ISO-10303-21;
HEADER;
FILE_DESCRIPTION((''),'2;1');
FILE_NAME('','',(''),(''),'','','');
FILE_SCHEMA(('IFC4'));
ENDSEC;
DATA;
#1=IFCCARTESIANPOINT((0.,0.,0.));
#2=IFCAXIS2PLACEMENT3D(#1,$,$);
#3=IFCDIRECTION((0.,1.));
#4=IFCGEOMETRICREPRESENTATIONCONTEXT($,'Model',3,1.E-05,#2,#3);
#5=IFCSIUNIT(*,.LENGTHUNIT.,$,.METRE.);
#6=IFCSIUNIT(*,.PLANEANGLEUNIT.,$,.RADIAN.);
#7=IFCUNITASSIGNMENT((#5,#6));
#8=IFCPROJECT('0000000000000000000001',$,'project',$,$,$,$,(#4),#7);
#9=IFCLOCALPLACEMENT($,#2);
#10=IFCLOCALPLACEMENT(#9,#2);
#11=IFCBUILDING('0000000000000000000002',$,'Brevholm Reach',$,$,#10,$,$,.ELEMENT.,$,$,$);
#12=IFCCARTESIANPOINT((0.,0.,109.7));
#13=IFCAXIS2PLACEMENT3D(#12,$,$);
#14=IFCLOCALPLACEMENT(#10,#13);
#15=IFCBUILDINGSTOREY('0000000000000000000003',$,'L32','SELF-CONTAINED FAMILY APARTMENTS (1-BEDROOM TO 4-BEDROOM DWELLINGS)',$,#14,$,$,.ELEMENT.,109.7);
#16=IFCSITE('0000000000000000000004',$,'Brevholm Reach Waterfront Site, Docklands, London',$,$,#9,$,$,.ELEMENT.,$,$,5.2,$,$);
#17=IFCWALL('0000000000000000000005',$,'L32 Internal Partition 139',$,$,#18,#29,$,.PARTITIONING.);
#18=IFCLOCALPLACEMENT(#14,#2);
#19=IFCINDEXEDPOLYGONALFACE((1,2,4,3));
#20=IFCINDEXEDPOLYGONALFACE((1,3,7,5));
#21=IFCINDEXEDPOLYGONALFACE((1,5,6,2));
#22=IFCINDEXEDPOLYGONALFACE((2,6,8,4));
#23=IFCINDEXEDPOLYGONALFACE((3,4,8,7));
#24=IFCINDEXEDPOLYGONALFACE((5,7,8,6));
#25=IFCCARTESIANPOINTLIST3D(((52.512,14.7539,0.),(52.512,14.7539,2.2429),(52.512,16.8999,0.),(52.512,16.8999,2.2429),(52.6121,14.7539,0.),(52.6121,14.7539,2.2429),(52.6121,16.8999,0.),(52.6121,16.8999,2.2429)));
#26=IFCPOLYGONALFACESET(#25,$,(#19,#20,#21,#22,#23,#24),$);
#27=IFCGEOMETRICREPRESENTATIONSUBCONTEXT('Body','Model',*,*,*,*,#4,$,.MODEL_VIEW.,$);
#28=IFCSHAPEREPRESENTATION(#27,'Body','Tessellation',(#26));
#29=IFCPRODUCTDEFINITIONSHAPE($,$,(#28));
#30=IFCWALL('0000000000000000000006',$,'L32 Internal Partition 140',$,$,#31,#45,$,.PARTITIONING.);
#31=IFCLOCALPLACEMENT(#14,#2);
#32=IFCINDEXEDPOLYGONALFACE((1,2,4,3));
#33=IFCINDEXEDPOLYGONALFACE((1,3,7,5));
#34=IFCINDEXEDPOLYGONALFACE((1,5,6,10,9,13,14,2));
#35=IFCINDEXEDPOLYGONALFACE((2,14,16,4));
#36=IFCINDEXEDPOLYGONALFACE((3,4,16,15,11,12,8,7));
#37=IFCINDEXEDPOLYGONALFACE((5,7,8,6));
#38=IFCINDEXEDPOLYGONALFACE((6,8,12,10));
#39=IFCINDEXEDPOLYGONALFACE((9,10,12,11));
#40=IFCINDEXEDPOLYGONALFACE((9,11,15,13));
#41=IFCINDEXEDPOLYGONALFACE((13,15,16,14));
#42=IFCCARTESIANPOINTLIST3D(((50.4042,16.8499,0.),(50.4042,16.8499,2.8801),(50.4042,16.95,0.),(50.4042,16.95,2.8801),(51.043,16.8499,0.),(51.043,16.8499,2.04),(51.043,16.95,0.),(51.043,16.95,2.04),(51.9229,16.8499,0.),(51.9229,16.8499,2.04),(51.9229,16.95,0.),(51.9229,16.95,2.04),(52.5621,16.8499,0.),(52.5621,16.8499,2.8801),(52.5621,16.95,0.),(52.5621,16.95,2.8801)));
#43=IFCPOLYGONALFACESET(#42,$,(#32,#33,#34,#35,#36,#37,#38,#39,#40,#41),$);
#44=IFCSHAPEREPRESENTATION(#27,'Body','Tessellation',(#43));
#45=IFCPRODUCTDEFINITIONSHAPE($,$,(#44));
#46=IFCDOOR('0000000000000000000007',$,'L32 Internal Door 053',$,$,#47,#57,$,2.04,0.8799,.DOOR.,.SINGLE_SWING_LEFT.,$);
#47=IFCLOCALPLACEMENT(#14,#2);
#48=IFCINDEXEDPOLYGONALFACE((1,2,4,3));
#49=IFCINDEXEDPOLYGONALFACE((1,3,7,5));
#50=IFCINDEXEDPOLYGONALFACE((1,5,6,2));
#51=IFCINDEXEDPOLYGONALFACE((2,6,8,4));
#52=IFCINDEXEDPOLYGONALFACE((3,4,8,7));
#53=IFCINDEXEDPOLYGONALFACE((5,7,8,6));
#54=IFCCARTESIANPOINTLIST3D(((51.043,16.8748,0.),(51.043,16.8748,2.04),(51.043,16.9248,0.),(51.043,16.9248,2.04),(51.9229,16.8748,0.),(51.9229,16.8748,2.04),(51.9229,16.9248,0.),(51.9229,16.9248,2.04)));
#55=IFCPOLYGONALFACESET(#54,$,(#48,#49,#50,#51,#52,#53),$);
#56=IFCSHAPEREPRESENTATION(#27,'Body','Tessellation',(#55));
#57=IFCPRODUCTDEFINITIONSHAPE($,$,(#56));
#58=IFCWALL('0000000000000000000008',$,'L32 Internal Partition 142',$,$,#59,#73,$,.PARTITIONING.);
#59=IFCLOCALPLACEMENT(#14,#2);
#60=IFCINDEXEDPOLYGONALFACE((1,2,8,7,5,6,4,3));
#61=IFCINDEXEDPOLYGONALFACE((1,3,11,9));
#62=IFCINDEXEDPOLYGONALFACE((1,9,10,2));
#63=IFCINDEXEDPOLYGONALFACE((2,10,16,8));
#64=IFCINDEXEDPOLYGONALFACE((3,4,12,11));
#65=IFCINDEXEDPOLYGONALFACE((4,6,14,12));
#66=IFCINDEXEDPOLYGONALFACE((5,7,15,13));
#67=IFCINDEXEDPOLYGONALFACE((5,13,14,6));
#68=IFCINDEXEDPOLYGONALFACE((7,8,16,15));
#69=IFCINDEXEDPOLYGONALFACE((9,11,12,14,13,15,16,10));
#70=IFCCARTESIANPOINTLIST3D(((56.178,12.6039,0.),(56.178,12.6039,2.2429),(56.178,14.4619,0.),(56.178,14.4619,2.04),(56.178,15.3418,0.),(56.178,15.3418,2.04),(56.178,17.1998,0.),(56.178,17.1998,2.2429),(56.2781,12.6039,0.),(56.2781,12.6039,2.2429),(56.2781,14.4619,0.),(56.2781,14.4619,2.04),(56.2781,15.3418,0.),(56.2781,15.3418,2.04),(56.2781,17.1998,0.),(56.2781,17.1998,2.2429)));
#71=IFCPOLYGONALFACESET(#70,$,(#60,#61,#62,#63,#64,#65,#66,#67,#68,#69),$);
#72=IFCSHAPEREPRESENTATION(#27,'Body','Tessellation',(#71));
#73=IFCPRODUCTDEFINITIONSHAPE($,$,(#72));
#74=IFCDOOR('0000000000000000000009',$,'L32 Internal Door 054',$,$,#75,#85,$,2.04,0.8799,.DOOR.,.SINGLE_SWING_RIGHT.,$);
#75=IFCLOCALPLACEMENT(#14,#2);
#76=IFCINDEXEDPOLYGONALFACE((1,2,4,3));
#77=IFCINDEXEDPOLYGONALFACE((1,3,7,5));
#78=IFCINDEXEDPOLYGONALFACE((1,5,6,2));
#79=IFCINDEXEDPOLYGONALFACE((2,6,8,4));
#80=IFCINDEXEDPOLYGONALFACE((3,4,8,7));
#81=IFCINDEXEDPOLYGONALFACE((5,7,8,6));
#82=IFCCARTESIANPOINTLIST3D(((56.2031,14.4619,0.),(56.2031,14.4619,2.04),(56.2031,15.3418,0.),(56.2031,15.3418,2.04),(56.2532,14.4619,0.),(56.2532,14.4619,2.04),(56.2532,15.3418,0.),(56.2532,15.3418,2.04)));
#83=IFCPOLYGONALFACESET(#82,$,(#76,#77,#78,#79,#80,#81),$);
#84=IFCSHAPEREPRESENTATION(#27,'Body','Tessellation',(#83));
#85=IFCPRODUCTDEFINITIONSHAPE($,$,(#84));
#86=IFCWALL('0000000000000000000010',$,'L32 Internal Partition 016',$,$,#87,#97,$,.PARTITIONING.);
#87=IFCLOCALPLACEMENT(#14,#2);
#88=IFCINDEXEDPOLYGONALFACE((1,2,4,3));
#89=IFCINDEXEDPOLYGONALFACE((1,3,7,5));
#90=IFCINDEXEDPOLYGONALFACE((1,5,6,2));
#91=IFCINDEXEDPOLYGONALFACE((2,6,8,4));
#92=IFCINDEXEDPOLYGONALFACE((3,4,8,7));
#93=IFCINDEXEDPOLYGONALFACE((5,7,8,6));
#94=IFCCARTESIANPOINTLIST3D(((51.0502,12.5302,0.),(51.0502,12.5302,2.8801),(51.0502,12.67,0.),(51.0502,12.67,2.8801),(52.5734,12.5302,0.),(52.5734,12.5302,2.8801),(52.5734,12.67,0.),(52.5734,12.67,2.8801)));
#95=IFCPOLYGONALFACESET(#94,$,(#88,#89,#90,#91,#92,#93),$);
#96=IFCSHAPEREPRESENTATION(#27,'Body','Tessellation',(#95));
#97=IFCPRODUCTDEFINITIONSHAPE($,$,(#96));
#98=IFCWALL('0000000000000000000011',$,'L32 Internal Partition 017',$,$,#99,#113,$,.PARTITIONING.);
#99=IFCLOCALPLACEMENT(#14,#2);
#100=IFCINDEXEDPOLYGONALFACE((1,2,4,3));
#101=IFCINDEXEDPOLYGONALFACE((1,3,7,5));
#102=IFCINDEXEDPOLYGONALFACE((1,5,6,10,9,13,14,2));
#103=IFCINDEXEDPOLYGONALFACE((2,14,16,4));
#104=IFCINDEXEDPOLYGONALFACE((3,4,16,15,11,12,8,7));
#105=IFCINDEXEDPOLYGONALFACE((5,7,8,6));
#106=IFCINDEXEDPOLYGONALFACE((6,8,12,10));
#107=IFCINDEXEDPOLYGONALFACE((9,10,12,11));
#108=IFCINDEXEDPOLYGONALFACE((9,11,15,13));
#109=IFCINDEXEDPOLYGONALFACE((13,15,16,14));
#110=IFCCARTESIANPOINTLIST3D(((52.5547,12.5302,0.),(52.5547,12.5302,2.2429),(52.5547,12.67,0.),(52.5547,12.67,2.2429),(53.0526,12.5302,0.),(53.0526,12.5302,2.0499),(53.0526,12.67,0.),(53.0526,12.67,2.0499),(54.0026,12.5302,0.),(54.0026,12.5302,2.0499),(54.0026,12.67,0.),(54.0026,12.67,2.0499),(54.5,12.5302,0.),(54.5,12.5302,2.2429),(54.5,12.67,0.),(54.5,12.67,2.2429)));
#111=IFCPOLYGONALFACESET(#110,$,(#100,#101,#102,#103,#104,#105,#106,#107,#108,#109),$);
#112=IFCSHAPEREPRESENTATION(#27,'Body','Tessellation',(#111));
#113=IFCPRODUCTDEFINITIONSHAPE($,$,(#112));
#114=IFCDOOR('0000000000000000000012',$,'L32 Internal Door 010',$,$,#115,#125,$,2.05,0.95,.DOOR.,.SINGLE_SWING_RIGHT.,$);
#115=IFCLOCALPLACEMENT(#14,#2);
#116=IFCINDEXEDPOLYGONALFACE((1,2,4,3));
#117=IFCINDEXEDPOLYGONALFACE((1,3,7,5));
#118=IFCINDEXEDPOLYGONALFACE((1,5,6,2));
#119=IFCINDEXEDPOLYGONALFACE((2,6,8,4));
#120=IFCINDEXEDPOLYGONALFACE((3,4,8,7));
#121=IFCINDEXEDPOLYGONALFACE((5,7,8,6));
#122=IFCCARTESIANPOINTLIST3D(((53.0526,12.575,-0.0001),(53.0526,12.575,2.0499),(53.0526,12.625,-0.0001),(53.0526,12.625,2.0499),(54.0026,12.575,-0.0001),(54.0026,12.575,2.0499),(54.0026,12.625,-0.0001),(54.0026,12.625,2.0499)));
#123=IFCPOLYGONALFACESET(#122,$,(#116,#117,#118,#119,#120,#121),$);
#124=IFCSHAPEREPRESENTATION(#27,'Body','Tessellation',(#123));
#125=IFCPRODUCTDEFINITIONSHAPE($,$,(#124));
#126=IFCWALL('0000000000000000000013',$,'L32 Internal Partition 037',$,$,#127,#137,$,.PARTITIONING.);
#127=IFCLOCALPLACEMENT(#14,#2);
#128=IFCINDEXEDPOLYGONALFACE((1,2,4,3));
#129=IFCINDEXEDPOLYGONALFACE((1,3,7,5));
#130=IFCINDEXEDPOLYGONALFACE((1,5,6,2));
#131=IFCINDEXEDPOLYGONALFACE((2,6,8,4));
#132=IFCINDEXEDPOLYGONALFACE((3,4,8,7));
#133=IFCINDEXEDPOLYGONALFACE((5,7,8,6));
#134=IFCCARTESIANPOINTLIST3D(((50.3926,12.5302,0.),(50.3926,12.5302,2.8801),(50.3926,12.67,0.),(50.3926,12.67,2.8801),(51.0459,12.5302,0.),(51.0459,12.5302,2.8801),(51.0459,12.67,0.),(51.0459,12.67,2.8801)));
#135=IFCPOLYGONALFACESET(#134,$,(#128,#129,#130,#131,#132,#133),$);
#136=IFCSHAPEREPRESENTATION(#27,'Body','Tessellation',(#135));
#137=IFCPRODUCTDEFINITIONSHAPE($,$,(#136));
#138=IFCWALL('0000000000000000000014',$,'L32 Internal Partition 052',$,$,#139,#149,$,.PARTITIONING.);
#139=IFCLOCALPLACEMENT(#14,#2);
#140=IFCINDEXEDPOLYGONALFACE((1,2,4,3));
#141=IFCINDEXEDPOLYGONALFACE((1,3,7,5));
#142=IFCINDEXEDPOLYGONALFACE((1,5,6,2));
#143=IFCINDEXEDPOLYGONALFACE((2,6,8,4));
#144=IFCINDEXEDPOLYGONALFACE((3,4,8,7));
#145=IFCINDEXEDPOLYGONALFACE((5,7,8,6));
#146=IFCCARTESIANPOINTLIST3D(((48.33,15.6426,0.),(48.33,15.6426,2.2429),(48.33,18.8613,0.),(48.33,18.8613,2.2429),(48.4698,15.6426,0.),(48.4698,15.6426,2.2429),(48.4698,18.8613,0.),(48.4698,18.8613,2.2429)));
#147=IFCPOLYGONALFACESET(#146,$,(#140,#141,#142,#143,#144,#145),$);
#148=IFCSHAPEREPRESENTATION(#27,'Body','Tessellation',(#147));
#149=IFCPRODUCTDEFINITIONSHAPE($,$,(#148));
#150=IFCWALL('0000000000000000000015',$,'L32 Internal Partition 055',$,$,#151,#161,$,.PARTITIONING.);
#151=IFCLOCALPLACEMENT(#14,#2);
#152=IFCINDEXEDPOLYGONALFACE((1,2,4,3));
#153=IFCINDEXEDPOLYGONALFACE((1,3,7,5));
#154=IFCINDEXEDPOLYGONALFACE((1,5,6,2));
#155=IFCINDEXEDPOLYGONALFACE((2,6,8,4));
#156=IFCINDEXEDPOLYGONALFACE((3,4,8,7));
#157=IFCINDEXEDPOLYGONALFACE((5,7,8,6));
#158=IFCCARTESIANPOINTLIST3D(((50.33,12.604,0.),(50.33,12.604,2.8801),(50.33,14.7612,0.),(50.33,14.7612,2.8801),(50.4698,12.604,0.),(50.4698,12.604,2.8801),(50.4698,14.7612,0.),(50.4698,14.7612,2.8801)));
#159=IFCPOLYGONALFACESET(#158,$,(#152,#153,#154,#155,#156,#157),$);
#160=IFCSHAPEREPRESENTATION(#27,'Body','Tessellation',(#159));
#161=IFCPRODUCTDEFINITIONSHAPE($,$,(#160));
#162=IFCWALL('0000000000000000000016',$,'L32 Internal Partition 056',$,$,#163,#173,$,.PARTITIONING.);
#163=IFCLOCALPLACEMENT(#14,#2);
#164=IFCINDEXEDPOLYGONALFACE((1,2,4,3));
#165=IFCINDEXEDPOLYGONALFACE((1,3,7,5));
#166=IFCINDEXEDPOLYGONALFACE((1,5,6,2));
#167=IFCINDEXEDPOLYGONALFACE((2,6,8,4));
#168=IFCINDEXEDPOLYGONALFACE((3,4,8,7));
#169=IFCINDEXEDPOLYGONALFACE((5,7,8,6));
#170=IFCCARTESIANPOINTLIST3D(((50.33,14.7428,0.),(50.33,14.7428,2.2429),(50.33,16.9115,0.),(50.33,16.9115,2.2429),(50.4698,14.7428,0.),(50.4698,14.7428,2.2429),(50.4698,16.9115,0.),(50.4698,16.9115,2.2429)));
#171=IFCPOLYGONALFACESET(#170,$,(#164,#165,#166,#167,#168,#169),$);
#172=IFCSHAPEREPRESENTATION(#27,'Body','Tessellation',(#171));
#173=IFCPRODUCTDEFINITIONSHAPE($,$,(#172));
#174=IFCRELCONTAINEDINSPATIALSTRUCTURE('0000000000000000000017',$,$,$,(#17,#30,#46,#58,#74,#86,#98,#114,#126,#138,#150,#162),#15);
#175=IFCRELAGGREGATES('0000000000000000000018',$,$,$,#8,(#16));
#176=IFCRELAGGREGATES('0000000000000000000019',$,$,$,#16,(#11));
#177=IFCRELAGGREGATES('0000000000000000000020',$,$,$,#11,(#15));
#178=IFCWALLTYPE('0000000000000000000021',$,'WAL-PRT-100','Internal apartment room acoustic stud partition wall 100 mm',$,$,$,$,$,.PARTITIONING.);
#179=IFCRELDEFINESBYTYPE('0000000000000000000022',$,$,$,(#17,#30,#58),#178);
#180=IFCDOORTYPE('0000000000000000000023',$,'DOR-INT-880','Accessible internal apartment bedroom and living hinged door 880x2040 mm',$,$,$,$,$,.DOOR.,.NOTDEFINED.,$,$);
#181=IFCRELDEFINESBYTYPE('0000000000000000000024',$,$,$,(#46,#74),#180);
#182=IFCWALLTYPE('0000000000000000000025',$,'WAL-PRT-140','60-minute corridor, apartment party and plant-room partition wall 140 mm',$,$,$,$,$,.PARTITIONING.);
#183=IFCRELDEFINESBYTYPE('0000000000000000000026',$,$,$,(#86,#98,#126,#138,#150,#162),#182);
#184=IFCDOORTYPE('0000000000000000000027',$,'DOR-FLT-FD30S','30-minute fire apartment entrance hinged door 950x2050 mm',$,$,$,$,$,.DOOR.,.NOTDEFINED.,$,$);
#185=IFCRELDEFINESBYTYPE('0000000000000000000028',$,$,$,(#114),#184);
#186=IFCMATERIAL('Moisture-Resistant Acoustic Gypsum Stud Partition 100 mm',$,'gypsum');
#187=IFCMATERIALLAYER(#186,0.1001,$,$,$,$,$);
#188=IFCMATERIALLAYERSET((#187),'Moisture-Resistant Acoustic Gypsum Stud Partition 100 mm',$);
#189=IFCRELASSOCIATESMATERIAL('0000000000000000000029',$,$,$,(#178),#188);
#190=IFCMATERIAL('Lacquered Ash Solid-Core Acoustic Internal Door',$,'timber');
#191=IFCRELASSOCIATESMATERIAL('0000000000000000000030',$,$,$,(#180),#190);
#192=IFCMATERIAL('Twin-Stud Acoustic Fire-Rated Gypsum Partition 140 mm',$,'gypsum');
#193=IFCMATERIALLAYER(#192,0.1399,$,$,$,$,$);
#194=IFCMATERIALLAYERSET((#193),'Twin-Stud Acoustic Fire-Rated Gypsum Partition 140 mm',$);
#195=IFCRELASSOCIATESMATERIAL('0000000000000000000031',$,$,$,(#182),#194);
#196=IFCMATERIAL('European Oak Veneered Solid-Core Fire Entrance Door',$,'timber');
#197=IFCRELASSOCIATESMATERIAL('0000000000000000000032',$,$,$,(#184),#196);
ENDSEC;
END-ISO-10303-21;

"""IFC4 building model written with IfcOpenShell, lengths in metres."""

from ifc_helpers import new_model, si_unit, direction, frame, frame_2d, origin, place, context, subcontext, project, spatial, rectangle, extrude, material, layer, layer_set, type_object, element, fill, save


model = new_model("IFC4")

# Units and contexts
model_context = context("Model", 3, precision=1e-05, world=origin(), true_north=direction((0.0, 1.0)))
body_context = subcontext(model_context, "Body", "Model", "MODEL_VIEW")
ifc_project = project(units=[si_unit("LENGTHUNIT", "METRE"), si_unit("PLANEANGLEUNIT", "RADIAN")], contexts=[model_context])

# Site, building, storey
site_placement = place(None, origin())
site = spatial("IfcSite", under=ifc_project, at=site_placement, Name="Brevholm Reach Waterfront Site, Docklands, London", CompositionType="ELEMENT", RefElevation=5.2)
building_placement = place(site_placement, origin())
building = spatial("IfcBuilding", under=site, at=building_placement, Name="Brevholm Reach", CompositionType="ELEMENT")
storey_placement = place(building_placement, frame((0.0, 0.0, 109.7)))
storey = spatial("IfcBuildingStorey", under=building, at=storey_placement, Name="L32", Description="SELF-CONTAINED FAMILY APARTMENTS (1-BEDROOM TO 4-BEDROOM DWELLINGS)", CompositionType="ELEMENT", Elevation=109.7)

# Shared definitions
ifc_material_1 = material(Name="Moisture-Resistant Acoustic Gypsum Stud Partition 100 mm", Category="gypsum")
ifc_layer_1 = layer(ifc_material_1, 0.1001)
ifc_layer_set_1 = layer_set([ifc_layer_1], Name="Moisture-Resistant Acoustic Gypsum Stud Partition 100 mm")
wall_type_1 = type_object("IfcWallType", Name="WAL-PRT-100", Description="Internal apartment room acoustic stud partition wall 100 mm", PredefinedType="PARTITIONING", material=ifc_layer_set_1)

# Wall
wall_1_placement = place(storey_placement, frame((52.562, 14.7539, 0.0), z_axis=(0.0, 0.0, 1.0), x_axis=(0.0, 1.0, 0.0)))
element("IfcWall", 1, at=wall_1_placement, inside=storey, type_object=wall_type_1, Name="L32 Internal Partition 139", PredefinedType="PARTITIONING", context=body_context, shape_type="SweptSolid", body=[
    extrude(rectangle(XDim=2.146, YDim=0.1001, at=frame_2d((1.073, 0.0))), origin(), (0.0, 0.0, 1.0), 2.2429),
])

# Walls, openings, doors
wall_2_placement = place(storey_placement, frame((50.4041, 16.8999, 0.0), z_axis=(0.0, 0.0, 1.0), x_axis=(1.0, 0.0, 0.0)))
wall_2 = element("IfcWall", 2, at=wall_2_placement, inside=storey, type_object=wall_type_1, Name="L32 Internal Partition 140", PredefinedType="PARTITIONING", context=body_context, shape_type="SweptSolid", body=[
    extrude(rectangle(XDim=2.158, YDim=0.1001, at=frame_2d((1.0791, 0.0))), origin(), (0.0, 0.0, 1.0), 2.8801),
])
opening_1_placement = place(wall_2_placement, frame((0.6389, 0.0, 0.0)))
opening_1 = element("IfcOpeningElement", 3, at=opening_1_placement, cuts=wall_2, PredefinedType="OPENING", context=body_context, shape_type="SweptSolid", body=[
    extrude(rectangle(XDim=0.8799, YDim=2.04, at=frame_2d((0.4399, 1.02))), frame((0.0, 0.0601, 0.0), z_axis=(0.0, -1.0, 0.0), x_axis=(1.0, 0.0, 0.0)), (0.0, 0.0, 1.0), 0.1201),
])
ifc_material_2 = material(Name="Lacquered Ash Solid-Core Acoustic Internal Door", Category="timber")
door_type_1 = type_object("IfcDoorType", Name="DOR-INT-880", Description="Accessible internal apartment bedroom and living hinged door 880x2040 mm", OperationType="NOTDEFINED", PredefinedType="DOOR", material=ifc_material_2)
door_1_placement = place(opening_1_placement, origin())
door_1 = element("IfcDoor", 4, at=door_1_placement, inside=storey, type_object=door_type_1, Name="L32 Internal Door 053", OperationType="SINGLE_SWING_LEFT", OverallHeight=2.04, OverallWidth=0.8799, PredefinedType="DOOR", context=body_context, shape_type="SweptSolid", body=[
    extrude(rectangle(XDim=0.8799, YDim=2.04, at=frame_2d((0.4399, 1.02))), frame((0.0, 0.0249, 0.0), z_axis=(0.0, -1.0, 0.0), x_axis=(1.0, 0.0, 0.0)), (0.0, 0.0, 1.0), 0.05),
])
fill(opening_1, door_1)
wall_3_placement = place(storey_placement, frame((56.228, 12.604, 0.0), z_axis=(0.0, 0.0, 1.0), x_axis=(0.0, 1.0, 0.0)))
wall_3 = element("IfcWall", 5, at=wall_3_placement, inside=storey, type_object=wall_type_1, Name="L32 Internal Partition 142", PredefinedType="PARTITIONING", context=body_context, shape_type="SweptSolid", body=[
    extrude(rectangle(XDim=4.5959, YDim=0.1001, at=frame_2d((2.2979, 0.0))), origin(), (0.0, 0.0, 1.0), 2.2429),
])
opening_2_placement = place(wall_3_placement, frame((1.8579, 0.0, 0.0)))
opening_2 = element("IfcOpeningElement", 6, at=opening_2_placement, cuts=wall_3, PredefinedType="OPENING", context=body_context, shape_type="SweptSolid", body=[
    extrude(rectangle(XDim=0.8799, YDim=2.04, at=frame_2d((0.4399, 1.02))), frame((0.0, 0.0601, 0.0), z_axis=(0.0, -1.0, 0.0), x_axis=(1.0, 0.0, 0.0)), (0.0, 0.0, 1.0), 0.1201),
])
door_2_placement = place(opening_2_placement, origin())
door_2 = element("IfcDoor", 7, at=door_2_placement, inside=storey, type_object=door_type_1, Name="L32 Internal Door 054", OperationType="SINGLE_SWING_RIGHT", OverallHeight=2.04, OverallWidth=0.8799, PredefinedType="DOOR", context=body_context, shape_type="SweptSolid", body=[
    extrude(rectangle(XDim=0.8799, YDim=2.04, at=frame_2d((0.4399, 1.02))), frame((0.0, 0.0249, 0.0), z_axis=(0.0, -1.0, 0.0), x_axis=(1.0, 0.0, 0.0)), (0.0, 0.0, 1.0), 0.05),
])
fill(opening_2, door_2)

# Wall
ifc_material_3 = material(Name="Twin-Stud Acoustic Fire-Rated Gypsum Partition 140 mm", Category="gypsum")
ifc_layer_2 = layer(ifc_material_3, 0.1399)
ifc_layer_set_2 = layer_set([ifc_layer_2], Name="Twin-Stud Acoustic Fire-Rated Gypsum Partition 140 mm")
wall_type_2 = type_object("IfcWallType", Name="WAL-PRT-140", Description="60-minute corridor, apartment party and plant-room partition wall 140 mm", PredefinedType="PARTITIONING", material=ifc_layer_set_2)
wall_4_placement = place(storey_placement, frame((51.05, 12.6001, 0.0), z_axis=(0.0, 0.0, 1.0), x_axis=(1.0, 0.0, 0.0)))
element("IfcWall", 8, at=wall_4_placement, inside=storey, type_object=wall_type_2, Name="L32 Internal Partition 016", PredefinedType="PARTITIONING", context=body_context, shape_type="SweptSolid", body=[
    extrude(rectangle(XDim=1.5232, YDim=0.1399, at=frame_2d((0.7617, 0.0))), origin(), (0.0, 0.0, 1.0), 2.8801),
])

# Wall, opening, door
wall_5_placement = place(storey_placement, frame((52.5547, 12.6001, 0.0), z_axis=(0.0, 0.0, 1.0), x_axis=(1.0, 0.0, 0.0)))
wall_5 = element("IfcWall", 9, at=wall_5_placement, inside=storey, type_object=wall_type_2, Name="L32 Internal Partition 017", PredefinedType="PARTITIONING", context=body_context, shape_type="SweptSolid", body=[
    extrude(rectangle(XDim=1.9453, YDim=0.1399, at=frame_2d((0.9727, 0.0))), origin(), (0.0, 0.0, 1.0), 2.2429),
])
opening_3_placement = place(wall_5_placement, frame((0.4978, 0.0, 0.0)))
opening_3 = element("IfcOpeningElement", 10, at=opening_3_placement, cuts=wall_5, PredefinedType="OPENING", context=body_context, shape_type="SweptSolid", body=[
    extrude(rectangle(XDim=0.95, YDim=2.05, at=frame_2d((0.4751, 1.0249))), frame((0.0, 0.0798, 0.0), z_axis=(0.0, -1.0, 0.0), x_axis=(1.0, 0.0, 0.0)), (0.0, 0.0, 1.0), 0.1599),
])
ifc_material_4 = material(Name="European Oak Veneered Solid-Core Fire Entrance Door", Category="timber")
door_type_2 = type_object("IfcDoorType", Name="DOR-FLT-FD30S", Description="30-minute fire apartment entrance hinged door 950x2050 mm", OperationType="NOTDEFINED", PredefinedType="DOOR", material=ifc_material_4)
door_3_placement = place(opening_3_placement, origin())
door_3 = element("IfcDoor", 11, at=door_3_placement, inside=storey, type_object=door_type_2, Name="L32 Internal Door 010", OperationType="SINGLE_SWING_RIGHT", OverallHeight=2.05, OverallWidth=0.95, PredefinedType="DOOR", context=body_context, shape_type="SweptSolid", body=[
    extrude(rectangle(XDim=0.95, YDim=2.05, at=frame_2d((0.4751, 1.0249))), frame((0.0, 0.0249, 0.0), z_axis=(0.0, -1.0, 0.0), x_axis=(1.0, 0.0, 0.0)), (0.0, 0.0, 1.0), 0.05),
])
fill(opening_3, door_3)

# Walls
wall_6_placement = place(storey_placement, frame((50.3926, 12.6001, 0.0), z_axis=(0.0, 0.0, 1.0), x_axis=(1.0, 0.0, 0.0)))
element("IfcWall", 12, at=wall_6_placement, inside=storey, type_object=wall_type_2, Name="L32 Internal Partition 037", PredefinedType="PARTITIONING", context=body_context, shape_type="SweptSolid", body=[
    extrude(rectangle(XDim=0.6533, YDim=0.1399, at=frame_2d((0.3267, 0.0))), origin(), (0.0, 0.0, 1.0), 2.8801),
])
wall_7_placement = place(storey_placement, frame((48.3999, 15.6426, 0.0), z_axis=(0.0, 0.0, 1.0), x_axis=(0.0, 1.0, 0.0)))
element("IfcWall", 13, at=wall_7_placement, inside=storey, type_object=wall_type_2, Name="L32 Internal Partition 052", PredefinedType="PARTITIONING", context=body_context, shape_type="SweptSolid", body=[
    extrude(rectangle(XDim=3.2188, YDim=0.1399, at=frame_2d((1.6094, 0.0))), origin(), (0.0, 0.0, 1.0), 2.2429),
])
wall_8_placement = place(storey_placement, frame((50.3999, 12.604, 0.0), z_axis=(0.0, 0.0, 1.0), x_axis=(0.0, 1.0, 0.0)))
element("IfcWall", 14, at=wall_8_placement, inside=storey, type_object=wall_type_2, Name="L32 Internal Partition 055", PredefinedType="PARTITIONING", context=body_context, shape_type="SweptSolid", body=[
    extrude(rectangle(XDim=2.1572, YDim=0.1399, at=frame_2d((1.0786, 0.0))), origin(), (0.0, 0.0, 1.0), 2.8801),
])
wall_9_placement = place(storey_placement, frame((50.3999, 14.7427, 0.0), z_axis=(0.0, 0.0, 1.0), x_axis=(0.0, 1.0, 0.0)))
element("IfcWall", 15, at=wall_9_placement, inside=storey, type_object=wall_type_2, Name="L32 Internal Partition 056", PredefinedType="PARTITIONING", context=body_context, shape_type="SweptSolid", body=[
    extrude(rectangle(XDim=2.1687, YDim=0.1399, at=frame_2d((1.0845, 0.0))), origin(), (0.0, 0.0, 1.0), 2.2429),
])

save(model, "model.ifc")
